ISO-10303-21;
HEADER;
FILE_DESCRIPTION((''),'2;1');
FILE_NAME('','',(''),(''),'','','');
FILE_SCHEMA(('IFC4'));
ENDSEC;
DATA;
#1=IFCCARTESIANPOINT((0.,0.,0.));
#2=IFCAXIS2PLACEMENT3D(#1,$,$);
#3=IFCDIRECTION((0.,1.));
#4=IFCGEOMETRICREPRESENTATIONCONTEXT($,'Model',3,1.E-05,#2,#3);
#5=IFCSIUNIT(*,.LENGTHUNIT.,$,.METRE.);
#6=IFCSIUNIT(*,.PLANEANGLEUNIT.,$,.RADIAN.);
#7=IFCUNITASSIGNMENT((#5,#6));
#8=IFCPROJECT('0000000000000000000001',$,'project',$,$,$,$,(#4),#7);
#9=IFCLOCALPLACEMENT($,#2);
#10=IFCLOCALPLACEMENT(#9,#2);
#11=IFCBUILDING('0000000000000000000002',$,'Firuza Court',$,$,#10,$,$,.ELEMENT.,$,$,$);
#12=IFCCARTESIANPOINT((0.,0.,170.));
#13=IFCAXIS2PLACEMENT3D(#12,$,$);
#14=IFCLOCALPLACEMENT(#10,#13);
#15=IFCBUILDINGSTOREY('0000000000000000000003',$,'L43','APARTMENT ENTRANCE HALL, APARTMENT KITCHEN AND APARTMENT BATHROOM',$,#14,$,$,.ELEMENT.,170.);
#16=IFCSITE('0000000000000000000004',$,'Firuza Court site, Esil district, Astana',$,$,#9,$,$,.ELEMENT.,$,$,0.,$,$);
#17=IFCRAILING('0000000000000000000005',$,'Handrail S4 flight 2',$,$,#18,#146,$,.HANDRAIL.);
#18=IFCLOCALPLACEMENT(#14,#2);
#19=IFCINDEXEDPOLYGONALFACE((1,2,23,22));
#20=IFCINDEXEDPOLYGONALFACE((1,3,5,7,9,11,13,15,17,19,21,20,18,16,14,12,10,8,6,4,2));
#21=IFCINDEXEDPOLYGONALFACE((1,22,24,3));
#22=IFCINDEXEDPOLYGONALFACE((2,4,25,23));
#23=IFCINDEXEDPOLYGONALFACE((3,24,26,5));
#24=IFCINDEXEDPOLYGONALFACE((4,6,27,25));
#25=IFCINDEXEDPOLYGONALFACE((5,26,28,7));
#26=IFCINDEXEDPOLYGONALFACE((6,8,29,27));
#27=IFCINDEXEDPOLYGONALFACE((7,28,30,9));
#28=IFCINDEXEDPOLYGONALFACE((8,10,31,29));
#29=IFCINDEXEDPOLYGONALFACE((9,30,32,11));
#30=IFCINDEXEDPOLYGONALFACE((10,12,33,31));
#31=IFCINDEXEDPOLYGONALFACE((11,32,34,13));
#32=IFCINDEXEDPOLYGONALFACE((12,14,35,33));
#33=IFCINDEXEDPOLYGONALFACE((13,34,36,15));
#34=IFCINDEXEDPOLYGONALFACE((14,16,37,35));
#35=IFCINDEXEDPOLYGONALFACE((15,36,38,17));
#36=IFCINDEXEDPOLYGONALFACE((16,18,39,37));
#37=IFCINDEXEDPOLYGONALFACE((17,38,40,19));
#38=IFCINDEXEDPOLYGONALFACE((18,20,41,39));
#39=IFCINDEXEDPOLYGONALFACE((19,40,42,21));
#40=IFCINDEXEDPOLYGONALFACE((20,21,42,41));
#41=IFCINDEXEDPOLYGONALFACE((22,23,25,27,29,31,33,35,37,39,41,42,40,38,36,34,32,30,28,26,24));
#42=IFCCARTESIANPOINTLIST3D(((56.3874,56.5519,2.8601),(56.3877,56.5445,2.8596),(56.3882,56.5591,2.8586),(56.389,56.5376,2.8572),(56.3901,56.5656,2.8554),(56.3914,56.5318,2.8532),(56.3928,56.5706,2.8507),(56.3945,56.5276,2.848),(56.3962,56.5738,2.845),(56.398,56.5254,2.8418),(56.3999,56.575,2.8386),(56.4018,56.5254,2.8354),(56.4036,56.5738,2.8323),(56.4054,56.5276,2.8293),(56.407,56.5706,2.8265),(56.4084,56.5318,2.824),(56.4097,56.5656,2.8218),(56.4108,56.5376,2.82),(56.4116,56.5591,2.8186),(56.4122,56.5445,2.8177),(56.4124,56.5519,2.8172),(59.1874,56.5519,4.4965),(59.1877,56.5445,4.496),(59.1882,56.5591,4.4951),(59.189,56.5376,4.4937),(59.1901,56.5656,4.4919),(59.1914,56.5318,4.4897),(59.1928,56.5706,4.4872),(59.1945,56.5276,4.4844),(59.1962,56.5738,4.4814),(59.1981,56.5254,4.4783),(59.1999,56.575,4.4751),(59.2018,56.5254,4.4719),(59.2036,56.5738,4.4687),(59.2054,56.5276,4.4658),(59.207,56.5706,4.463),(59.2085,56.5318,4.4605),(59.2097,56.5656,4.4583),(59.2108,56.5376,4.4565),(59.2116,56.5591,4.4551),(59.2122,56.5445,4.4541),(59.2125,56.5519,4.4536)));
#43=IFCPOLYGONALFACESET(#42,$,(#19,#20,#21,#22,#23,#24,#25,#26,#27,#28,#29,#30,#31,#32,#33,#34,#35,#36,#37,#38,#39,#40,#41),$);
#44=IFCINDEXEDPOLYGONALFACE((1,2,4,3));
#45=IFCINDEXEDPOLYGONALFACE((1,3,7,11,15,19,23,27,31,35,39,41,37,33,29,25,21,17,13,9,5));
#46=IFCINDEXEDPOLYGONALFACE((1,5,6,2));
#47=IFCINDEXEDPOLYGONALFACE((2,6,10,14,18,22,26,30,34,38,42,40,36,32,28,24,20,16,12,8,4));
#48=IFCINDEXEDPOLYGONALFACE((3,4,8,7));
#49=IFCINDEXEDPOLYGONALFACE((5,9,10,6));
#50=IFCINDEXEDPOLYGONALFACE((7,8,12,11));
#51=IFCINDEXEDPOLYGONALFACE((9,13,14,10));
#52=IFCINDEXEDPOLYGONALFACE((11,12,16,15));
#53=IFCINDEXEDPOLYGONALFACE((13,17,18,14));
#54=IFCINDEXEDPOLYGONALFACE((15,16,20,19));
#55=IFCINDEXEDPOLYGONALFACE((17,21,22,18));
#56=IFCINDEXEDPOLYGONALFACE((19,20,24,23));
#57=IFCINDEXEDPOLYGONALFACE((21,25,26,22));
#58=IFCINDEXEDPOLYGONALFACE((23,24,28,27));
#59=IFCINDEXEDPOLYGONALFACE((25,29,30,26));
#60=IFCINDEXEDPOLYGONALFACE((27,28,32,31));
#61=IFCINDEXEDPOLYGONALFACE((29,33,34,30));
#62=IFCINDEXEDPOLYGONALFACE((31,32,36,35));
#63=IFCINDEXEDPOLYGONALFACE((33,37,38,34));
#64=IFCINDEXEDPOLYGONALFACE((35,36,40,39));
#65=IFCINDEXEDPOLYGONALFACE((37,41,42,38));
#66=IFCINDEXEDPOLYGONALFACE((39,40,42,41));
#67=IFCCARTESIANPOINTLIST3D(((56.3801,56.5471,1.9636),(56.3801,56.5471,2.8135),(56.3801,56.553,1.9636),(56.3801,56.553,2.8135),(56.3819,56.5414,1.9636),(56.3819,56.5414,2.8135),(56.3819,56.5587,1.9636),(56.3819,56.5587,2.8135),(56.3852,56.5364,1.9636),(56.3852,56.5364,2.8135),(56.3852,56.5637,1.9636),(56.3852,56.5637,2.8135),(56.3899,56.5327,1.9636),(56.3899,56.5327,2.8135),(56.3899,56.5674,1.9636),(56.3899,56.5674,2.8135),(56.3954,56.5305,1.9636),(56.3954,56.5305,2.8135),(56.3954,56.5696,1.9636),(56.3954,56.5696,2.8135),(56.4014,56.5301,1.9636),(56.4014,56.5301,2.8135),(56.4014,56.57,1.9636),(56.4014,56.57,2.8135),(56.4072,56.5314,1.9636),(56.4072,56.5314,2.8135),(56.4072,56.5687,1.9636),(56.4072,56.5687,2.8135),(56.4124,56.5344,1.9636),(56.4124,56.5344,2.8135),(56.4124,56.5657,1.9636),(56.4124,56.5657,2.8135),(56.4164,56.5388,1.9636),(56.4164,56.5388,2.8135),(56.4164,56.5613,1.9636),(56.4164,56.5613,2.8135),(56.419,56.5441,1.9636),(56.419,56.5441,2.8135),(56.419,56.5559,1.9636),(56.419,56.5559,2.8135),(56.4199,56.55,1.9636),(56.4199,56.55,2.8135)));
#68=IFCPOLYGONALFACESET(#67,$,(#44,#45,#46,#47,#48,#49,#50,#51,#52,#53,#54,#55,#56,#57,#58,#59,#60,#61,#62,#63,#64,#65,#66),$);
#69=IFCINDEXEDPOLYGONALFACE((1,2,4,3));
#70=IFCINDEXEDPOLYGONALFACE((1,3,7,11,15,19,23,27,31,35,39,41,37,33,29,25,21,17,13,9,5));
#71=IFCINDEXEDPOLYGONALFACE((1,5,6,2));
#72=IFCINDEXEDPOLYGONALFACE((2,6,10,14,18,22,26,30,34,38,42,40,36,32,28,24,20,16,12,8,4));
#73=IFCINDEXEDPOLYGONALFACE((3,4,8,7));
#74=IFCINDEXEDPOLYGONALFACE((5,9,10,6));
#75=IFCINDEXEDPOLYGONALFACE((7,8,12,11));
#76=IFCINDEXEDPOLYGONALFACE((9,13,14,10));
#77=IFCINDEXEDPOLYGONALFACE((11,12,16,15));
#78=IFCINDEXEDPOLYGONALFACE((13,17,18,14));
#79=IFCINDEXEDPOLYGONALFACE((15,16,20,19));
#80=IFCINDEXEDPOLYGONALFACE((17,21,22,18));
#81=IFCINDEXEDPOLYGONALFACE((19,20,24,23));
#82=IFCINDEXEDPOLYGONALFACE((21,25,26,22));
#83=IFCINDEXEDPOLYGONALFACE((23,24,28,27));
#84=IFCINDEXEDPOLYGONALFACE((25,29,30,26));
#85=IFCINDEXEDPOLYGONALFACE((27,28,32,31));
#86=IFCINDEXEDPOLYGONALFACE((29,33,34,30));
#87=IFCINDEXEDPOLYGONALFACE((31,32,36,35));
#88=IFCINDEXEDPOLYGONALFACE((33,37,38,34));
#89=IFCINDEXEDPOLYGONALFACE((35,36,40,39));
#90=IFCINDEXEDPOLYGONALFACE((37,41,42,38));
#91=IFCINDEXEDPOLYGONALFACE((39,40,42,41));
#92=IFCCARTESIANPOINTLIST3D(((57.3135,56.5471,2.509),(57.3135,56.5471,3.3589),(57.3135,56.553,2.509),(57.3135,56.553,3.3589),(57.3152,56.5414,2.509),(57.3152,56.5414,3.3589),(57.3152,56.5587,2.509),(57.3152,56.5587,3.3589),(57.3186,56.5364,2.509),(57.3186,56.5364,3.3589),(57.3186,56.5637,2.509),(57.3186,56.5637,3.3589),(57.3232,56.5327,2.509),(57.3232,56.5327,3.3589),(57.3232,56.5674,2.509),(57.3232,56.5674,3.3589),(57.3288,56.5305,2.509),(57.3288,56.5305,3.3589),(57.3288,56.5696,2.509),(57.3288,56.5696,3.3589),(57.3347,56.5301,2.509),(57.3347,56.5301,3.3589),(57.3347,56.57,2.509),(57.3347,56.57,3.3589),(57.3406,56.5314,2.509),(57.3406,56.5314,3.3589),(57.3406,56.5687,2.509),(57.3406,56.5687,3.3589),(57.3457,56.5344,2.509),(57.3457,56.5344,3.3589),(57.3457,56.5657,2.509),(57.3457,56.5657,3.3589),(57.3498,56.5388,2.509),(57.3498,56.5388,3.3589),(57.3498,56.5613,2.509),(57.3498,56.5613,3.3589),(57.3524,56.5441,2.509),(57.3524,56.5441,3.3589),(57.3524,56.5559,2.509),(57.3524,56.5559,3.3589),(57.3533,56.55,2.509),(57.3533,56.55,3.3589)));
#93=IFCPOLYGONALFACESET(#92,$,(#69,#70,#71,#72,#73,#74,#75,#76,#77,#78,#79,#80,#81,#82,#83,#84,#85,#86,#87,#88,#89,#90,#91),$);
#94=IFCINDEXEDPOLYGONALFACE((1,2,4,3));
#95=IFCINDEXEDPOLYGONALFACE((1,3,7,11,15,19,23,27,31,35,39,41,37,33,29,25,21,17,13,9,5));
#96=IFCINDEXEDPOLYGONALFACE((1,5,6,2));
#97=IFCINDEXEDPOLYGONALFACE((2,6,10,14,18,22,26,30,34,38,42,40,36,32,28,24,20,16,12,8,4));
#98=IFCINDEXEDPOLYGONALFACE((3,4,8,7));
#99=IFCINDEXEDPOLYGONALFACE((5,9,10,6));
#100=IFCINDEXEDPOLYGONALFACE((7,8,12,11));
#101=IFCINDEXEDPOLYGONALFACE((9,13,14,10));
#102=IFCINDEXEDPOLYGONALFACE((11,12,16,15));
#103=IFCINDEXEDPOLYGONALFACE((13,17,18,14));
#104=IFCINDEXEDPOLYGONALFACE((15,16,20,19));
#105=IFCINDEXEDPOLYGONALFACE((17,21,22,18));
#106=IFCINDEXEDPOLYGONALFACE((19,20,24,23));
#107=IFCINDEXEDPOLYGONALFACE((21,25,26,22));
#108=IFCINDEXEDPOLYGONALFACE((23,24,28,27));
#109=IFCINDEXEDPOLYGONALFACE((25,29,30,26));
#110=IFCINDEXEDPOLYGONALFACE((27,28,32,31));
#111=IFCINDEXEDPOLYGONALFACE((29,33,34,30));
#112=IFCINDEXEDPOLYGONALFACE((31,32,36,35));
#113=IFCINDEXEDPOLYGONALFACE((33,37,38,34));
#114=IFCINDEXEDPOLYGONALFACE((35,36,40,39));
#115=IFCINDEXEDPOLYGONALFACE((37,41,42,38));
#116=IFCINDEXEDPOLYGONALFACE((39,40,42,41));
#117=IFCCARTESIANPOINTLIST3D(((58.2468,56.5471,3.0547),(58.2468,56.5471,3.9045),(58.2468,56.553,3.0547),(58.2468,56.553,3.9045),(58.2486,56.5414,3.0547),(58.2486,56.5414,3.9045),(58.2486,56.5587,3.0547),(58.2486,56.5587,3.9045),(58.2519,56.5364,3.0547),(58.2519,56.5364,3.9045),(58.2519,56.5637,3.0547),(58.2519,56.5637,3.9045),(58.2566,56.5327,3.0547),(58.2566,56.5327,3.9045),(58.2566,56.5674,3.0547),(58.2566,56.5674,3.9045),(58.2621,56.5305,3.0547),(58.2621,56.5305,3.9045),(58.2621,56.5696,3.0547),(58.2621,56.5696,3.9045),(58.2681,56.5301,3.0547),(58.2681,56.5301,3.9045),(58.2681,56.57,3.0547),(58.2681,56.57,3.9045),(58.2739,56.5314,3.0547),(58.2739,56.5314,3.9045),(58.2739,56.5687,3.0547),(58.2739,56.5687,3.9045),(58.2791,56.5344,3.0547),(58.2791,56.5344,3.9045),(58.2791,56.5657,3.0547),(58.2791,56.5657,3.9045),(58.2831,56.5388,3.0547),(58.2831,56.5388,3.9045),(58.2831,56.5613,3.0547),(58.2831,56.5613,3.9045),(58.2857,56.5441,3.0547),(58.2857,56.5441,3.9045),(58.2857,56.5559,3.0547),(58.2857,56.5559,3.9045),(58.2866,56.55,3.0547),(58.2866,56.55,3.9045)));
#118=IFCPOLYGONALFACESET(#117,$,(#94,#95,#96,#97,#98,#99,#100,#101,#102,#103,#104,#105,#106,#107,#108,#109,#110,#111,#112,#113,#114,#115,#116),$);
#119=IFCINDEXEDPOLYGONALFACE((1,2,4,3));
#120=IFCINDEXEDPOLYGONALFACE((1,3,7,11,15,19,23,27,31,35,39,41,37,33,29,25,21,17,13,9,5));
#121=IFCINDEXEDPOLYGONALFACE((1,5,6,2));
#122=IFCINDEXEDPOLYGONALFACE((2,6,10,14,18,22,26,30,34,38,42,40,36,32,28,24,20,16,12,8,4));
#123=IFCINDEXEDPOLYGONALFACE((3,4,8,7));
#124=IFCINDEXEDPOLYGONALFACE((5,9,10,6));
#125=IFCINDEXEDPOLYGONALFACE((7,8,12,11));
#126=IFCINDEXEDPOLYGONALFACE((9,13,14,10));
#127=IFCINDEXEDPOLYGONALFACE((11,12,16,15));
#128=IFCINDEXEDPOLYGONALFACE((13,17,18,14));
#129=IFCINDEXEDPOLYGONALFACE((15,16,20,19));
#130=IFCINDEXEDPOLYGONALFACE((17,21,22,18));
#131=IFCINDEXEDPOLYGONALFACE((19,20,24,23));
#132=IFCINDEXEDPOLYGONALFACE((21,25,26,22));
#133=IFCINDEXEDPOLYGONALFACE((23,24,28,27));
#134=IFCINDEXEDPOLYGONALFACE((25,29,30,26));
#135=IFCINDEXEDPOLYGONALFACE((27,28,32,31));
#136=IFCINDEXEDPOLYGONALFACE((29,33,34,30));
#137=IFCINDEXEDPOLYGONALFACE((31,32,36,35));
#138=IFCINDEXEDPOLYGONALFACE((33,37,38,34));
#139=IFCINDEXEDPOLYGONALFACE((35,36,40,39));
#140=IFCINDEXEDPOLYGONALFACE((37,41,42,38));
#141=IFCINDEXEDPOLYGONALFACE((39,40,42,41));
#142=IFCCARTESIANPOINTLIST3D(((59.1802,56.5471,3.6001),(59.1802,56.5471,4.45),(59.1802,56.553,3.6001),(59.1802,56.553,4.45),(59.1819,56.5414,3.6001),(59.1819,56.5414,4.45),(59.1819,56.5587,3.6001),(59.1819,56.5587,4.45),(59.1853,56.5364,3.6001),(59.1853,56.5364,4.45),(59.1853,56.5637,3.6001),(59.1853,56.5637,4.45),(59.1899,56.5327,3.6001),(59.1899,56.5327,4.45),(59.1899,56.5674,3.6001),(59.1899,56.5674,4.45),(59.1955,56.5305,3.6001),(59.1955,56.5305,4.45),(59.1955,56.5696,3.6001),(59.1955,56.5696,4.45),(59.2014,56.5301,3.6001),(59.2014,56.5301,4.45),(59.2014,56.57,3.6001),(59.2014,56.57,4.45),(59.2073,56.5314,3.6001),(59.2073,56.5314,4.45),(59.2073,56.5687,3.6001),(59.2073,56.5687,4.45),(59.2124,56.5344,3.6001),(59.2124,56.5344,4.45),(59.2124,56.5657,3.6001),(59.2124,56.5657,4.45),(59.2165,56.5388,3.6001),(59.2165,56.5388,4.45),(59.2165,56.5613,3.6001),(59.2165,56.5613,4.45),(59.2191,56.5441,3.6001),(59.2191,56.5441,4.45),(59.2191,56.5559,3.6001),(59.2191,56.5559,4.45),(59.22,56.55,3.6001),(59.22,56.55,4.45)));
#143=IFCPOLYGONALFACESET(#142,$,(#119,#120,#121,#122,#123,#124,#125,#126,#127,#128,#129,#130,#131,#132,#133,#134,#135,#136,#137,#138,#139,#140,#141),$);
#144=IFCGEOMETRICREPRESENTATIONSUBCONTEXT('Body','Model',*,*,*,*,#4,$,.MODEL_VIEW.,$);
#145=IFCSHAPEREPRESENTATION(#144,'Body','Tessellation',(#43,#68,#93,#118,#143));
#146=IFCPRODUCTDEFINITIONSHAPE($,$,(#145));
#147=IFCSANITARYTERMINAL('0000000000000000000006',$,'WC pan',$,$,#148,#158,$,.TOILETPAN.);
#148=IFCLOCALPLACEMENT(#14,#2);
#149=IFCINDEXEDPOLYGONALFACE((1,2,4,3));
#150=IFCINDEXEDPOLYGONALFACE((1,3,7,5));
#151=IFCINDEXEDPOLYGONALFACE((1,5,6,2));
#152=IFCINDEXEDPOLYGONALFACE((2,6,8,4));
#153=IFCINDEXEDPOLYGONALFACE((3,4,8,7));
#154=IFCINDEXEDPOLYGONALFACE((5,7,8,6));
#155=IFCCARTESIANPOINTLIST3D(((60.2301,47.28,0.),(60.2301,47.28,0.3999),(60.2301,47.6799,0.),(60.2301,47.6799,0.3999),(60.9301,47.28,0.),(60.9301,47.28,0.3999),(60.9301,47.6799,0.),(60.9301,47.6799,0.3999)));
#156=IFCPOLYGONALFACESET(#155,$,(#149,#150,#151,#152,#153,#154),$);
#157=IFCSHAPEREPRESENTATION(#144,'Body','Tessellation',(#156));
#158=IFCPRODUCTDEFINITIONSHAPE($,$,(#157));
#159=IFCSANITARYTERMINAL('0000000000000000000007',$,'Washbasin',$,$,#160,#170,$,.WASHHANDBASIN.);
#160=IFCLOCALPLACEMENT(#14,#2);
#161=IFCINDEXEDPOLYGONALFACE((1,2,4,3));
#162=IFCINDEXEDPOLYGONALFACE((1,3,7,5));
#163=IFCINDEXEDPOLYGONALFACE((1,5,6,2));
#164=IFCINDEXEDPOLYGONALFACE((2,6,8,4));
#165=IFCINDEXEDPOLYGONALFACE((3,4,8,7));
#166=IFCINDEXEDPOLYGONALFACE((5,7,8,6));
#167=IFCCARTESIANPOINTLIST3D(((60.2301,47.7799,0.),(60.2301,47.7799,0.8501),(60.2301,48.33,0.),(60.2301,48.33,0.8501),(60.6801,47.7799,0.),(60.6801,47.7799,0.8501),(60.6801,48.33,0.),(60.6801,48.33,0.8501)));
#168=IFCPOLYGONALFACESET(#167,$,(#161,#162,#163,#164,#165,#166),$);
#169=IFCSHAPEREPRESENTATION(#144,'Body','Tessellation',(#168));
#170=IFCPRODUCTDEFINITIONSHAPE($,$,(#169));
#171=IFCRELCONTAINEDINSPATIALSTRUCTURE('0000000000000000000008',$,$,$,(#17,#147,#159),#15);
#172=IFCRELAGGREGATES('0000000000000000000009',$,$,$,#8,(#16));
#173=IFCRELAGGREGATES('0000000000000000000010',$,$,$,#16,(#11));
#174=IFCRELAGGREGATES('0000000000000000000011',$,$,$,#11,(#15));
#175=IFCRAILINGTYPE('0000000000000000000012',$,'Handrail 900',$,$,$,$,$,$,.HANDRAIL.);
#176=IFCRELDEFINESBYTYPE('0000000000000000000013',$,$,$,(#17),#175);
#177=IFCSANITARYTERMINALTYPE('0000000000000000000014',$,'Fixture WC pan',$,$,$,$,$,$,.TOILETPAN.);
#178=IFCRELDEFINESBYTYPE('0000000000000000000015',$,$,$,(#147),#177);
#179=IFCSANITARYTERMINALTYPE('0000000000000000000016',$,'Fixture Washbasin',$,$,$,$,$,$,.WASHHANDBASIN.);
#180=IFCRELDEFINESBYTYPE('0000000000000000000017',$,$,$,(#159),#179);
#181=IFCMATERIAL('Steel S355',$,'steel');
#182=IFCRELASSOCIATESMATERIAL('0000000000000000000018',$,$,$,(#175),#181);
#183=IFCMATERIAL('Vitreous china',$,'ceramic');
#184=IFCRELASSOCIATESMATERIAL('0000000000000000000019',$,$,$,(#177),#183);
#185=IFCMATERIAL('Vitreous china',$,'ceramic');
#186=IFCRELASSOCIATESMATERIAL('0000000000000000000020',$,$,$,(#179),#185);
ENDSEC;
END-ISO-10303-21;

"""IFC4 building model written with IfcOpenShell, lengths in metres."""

from ifc_helpers import new_model, si_unit, direction, frame, origin, origin_2d, place, context, subcontext, project, spatial, rectangle, circle, extrude, material, type_object, element, save


model = new_model("IFC4")

# Units and contexts
model_context = context("Model", 3, precision=1e-05, world=origin(), true_north=direction((0.0, 1.0)))
body_context = subcontext(model_context, "Body", "Model", "MODEL_VIEW")
ifc_project = project(units=[si_unit("LENGTHUNIT", "METRE"), si_unit("PLANEANGLEUNIT", "RADIAN")], contexts=[model_context])

# Site, building, storey
site_placement = place(None, origin())
site = spatial("IfcSite", under=ifc_project, at=site_placement, Name="Firuza Court site, Esil district, Astana", CompositionType="ELEMENT", RefElevation=0.0)
building_placement = place(site_placement, origin())
building = spatial("IfcBuilding", under=site, at=building_placement, Name="Firuza Court", CompositionType="ELEMENT")
storey_placement = place(building_placement, frame((0.0, 0.0, 170.0)))
storey = spatial("IfcBuildingStorey", under=building, at=storey_placement, Name="L43", Description="APARTMENT ENTRANCE HALL, APARTMENT KITCHEN AND APARTMENT BATHROOM", CompositionType="ELEMENT", Elevation=170.0)

# Railing
ifc_material_1 = material(Name="Steel S355", Category="steel")
railing_type_1 = type_object("IfcRailingType", Name="Handrail 900", PredefinedType="HANDRAIL", material=ifc_material_1)
railing_1_placement = place(storey_placement, frame((56.3999, 56.55, 1.9636)))
element("IfcRailing", 1, at=railing_1_placement, inside=storey, type_object=railing_type_1, Name="Handrail S4 flight 2", PredefinedType="HANDRAIL", context=body_context, shape_type="SweptSolid", body=[
    extrude(circle(Radius=0.0249, at=origin_2d()), frame((0.0, 0.0, 0.875), z_axis=(0.863361, 0.0, 0.504587), x_axis=(0.0, 1.0, 0.0)), (0.0, 0.0, 1.0), 3.2432),
    extrude(circle(Radius=0.02, at=origin_2d()), origin(), (0.0, 0.0, 1.0), 0.8499),
    extrude(circle(Radius=0.02, at=origin_2d()), frame((0.9333, 0.0, 0.5454)), (0.0, 0.0, 1.0), 0.8499),
    extrude(circle(Radius=0.02, at=origin_2d()), frame((1.8667, 0.0, 1.0911)), (0.0, 0.0, 1.0), 0.8499),
    extrude(circle(Radius=0.02, at=origin_2d()), frame((2.8, 0.0, 1.6365)), (0.0, 0.0, 1.0), 0.8499),
])

# Sanitary terminals
ifc_material_2 = material(Name="Vitreous china", Category="ceramic")
sanitary_terminal_type_1 = type_object("IfcSanitaryTerminalType", Name="Fixture WC pan", PredefinedType="TOILETPAN", material=ifc_material_2)
sanitary_terminal_1_placement = place(storey_placement, frame((60.5801, 47.48, 0.0), z_axis=(0.0, 0.0, 1.0), x_axis=(1.0, 0.0, 0.0)))
element("IfcSanitaryTerminal", 2, at=sanitary_terminal_1_placement, inside=storey, type_object=sanitary_terminal_type_1, Name="WC pan", PredefinedType="TOILETPAN", context=body_context, shape_type="SweptSolid", body=[
    extrude(rectangle(XDim=0.7, YDim=0.3999, at=origin_2d()), origin(), (0.0, 0.0, 1.0), 0.3999),
])
ifc_material_3 = material(Name="Vitreous china", Category="ceramic")
sanitary_terminal_type_2 = type_object("IfcSanitaryTerminalType", Name="Fixture Washbasin", PredefinedType="WASHHANDBASIN", material=ifc_material_3)
sanitary_terminal_2_placement = place(storey_placement, frame((60.4551, 48.0549, 0.0), z_axis=(0.0, 0.0, 1.0), x_axis=(1.0, 0.0, 0.0)))
element("IfcSanitaryTerminal", 3, at=sanitary_terminal_2_placement, inside=storey, type_object=sanitary_terminal_type_2, Name="Washbasin", PredefinedType="WASHHANDBASIN", context=body_context, shape_type="SweptSolid", body=[
    extrude(rectangle(XDim=0.45, YDim=0.55, at=origin_2d()), origin(), (0.0, 0.0, 1.0), 0.8501),
])

save(model, "model.ifc")
